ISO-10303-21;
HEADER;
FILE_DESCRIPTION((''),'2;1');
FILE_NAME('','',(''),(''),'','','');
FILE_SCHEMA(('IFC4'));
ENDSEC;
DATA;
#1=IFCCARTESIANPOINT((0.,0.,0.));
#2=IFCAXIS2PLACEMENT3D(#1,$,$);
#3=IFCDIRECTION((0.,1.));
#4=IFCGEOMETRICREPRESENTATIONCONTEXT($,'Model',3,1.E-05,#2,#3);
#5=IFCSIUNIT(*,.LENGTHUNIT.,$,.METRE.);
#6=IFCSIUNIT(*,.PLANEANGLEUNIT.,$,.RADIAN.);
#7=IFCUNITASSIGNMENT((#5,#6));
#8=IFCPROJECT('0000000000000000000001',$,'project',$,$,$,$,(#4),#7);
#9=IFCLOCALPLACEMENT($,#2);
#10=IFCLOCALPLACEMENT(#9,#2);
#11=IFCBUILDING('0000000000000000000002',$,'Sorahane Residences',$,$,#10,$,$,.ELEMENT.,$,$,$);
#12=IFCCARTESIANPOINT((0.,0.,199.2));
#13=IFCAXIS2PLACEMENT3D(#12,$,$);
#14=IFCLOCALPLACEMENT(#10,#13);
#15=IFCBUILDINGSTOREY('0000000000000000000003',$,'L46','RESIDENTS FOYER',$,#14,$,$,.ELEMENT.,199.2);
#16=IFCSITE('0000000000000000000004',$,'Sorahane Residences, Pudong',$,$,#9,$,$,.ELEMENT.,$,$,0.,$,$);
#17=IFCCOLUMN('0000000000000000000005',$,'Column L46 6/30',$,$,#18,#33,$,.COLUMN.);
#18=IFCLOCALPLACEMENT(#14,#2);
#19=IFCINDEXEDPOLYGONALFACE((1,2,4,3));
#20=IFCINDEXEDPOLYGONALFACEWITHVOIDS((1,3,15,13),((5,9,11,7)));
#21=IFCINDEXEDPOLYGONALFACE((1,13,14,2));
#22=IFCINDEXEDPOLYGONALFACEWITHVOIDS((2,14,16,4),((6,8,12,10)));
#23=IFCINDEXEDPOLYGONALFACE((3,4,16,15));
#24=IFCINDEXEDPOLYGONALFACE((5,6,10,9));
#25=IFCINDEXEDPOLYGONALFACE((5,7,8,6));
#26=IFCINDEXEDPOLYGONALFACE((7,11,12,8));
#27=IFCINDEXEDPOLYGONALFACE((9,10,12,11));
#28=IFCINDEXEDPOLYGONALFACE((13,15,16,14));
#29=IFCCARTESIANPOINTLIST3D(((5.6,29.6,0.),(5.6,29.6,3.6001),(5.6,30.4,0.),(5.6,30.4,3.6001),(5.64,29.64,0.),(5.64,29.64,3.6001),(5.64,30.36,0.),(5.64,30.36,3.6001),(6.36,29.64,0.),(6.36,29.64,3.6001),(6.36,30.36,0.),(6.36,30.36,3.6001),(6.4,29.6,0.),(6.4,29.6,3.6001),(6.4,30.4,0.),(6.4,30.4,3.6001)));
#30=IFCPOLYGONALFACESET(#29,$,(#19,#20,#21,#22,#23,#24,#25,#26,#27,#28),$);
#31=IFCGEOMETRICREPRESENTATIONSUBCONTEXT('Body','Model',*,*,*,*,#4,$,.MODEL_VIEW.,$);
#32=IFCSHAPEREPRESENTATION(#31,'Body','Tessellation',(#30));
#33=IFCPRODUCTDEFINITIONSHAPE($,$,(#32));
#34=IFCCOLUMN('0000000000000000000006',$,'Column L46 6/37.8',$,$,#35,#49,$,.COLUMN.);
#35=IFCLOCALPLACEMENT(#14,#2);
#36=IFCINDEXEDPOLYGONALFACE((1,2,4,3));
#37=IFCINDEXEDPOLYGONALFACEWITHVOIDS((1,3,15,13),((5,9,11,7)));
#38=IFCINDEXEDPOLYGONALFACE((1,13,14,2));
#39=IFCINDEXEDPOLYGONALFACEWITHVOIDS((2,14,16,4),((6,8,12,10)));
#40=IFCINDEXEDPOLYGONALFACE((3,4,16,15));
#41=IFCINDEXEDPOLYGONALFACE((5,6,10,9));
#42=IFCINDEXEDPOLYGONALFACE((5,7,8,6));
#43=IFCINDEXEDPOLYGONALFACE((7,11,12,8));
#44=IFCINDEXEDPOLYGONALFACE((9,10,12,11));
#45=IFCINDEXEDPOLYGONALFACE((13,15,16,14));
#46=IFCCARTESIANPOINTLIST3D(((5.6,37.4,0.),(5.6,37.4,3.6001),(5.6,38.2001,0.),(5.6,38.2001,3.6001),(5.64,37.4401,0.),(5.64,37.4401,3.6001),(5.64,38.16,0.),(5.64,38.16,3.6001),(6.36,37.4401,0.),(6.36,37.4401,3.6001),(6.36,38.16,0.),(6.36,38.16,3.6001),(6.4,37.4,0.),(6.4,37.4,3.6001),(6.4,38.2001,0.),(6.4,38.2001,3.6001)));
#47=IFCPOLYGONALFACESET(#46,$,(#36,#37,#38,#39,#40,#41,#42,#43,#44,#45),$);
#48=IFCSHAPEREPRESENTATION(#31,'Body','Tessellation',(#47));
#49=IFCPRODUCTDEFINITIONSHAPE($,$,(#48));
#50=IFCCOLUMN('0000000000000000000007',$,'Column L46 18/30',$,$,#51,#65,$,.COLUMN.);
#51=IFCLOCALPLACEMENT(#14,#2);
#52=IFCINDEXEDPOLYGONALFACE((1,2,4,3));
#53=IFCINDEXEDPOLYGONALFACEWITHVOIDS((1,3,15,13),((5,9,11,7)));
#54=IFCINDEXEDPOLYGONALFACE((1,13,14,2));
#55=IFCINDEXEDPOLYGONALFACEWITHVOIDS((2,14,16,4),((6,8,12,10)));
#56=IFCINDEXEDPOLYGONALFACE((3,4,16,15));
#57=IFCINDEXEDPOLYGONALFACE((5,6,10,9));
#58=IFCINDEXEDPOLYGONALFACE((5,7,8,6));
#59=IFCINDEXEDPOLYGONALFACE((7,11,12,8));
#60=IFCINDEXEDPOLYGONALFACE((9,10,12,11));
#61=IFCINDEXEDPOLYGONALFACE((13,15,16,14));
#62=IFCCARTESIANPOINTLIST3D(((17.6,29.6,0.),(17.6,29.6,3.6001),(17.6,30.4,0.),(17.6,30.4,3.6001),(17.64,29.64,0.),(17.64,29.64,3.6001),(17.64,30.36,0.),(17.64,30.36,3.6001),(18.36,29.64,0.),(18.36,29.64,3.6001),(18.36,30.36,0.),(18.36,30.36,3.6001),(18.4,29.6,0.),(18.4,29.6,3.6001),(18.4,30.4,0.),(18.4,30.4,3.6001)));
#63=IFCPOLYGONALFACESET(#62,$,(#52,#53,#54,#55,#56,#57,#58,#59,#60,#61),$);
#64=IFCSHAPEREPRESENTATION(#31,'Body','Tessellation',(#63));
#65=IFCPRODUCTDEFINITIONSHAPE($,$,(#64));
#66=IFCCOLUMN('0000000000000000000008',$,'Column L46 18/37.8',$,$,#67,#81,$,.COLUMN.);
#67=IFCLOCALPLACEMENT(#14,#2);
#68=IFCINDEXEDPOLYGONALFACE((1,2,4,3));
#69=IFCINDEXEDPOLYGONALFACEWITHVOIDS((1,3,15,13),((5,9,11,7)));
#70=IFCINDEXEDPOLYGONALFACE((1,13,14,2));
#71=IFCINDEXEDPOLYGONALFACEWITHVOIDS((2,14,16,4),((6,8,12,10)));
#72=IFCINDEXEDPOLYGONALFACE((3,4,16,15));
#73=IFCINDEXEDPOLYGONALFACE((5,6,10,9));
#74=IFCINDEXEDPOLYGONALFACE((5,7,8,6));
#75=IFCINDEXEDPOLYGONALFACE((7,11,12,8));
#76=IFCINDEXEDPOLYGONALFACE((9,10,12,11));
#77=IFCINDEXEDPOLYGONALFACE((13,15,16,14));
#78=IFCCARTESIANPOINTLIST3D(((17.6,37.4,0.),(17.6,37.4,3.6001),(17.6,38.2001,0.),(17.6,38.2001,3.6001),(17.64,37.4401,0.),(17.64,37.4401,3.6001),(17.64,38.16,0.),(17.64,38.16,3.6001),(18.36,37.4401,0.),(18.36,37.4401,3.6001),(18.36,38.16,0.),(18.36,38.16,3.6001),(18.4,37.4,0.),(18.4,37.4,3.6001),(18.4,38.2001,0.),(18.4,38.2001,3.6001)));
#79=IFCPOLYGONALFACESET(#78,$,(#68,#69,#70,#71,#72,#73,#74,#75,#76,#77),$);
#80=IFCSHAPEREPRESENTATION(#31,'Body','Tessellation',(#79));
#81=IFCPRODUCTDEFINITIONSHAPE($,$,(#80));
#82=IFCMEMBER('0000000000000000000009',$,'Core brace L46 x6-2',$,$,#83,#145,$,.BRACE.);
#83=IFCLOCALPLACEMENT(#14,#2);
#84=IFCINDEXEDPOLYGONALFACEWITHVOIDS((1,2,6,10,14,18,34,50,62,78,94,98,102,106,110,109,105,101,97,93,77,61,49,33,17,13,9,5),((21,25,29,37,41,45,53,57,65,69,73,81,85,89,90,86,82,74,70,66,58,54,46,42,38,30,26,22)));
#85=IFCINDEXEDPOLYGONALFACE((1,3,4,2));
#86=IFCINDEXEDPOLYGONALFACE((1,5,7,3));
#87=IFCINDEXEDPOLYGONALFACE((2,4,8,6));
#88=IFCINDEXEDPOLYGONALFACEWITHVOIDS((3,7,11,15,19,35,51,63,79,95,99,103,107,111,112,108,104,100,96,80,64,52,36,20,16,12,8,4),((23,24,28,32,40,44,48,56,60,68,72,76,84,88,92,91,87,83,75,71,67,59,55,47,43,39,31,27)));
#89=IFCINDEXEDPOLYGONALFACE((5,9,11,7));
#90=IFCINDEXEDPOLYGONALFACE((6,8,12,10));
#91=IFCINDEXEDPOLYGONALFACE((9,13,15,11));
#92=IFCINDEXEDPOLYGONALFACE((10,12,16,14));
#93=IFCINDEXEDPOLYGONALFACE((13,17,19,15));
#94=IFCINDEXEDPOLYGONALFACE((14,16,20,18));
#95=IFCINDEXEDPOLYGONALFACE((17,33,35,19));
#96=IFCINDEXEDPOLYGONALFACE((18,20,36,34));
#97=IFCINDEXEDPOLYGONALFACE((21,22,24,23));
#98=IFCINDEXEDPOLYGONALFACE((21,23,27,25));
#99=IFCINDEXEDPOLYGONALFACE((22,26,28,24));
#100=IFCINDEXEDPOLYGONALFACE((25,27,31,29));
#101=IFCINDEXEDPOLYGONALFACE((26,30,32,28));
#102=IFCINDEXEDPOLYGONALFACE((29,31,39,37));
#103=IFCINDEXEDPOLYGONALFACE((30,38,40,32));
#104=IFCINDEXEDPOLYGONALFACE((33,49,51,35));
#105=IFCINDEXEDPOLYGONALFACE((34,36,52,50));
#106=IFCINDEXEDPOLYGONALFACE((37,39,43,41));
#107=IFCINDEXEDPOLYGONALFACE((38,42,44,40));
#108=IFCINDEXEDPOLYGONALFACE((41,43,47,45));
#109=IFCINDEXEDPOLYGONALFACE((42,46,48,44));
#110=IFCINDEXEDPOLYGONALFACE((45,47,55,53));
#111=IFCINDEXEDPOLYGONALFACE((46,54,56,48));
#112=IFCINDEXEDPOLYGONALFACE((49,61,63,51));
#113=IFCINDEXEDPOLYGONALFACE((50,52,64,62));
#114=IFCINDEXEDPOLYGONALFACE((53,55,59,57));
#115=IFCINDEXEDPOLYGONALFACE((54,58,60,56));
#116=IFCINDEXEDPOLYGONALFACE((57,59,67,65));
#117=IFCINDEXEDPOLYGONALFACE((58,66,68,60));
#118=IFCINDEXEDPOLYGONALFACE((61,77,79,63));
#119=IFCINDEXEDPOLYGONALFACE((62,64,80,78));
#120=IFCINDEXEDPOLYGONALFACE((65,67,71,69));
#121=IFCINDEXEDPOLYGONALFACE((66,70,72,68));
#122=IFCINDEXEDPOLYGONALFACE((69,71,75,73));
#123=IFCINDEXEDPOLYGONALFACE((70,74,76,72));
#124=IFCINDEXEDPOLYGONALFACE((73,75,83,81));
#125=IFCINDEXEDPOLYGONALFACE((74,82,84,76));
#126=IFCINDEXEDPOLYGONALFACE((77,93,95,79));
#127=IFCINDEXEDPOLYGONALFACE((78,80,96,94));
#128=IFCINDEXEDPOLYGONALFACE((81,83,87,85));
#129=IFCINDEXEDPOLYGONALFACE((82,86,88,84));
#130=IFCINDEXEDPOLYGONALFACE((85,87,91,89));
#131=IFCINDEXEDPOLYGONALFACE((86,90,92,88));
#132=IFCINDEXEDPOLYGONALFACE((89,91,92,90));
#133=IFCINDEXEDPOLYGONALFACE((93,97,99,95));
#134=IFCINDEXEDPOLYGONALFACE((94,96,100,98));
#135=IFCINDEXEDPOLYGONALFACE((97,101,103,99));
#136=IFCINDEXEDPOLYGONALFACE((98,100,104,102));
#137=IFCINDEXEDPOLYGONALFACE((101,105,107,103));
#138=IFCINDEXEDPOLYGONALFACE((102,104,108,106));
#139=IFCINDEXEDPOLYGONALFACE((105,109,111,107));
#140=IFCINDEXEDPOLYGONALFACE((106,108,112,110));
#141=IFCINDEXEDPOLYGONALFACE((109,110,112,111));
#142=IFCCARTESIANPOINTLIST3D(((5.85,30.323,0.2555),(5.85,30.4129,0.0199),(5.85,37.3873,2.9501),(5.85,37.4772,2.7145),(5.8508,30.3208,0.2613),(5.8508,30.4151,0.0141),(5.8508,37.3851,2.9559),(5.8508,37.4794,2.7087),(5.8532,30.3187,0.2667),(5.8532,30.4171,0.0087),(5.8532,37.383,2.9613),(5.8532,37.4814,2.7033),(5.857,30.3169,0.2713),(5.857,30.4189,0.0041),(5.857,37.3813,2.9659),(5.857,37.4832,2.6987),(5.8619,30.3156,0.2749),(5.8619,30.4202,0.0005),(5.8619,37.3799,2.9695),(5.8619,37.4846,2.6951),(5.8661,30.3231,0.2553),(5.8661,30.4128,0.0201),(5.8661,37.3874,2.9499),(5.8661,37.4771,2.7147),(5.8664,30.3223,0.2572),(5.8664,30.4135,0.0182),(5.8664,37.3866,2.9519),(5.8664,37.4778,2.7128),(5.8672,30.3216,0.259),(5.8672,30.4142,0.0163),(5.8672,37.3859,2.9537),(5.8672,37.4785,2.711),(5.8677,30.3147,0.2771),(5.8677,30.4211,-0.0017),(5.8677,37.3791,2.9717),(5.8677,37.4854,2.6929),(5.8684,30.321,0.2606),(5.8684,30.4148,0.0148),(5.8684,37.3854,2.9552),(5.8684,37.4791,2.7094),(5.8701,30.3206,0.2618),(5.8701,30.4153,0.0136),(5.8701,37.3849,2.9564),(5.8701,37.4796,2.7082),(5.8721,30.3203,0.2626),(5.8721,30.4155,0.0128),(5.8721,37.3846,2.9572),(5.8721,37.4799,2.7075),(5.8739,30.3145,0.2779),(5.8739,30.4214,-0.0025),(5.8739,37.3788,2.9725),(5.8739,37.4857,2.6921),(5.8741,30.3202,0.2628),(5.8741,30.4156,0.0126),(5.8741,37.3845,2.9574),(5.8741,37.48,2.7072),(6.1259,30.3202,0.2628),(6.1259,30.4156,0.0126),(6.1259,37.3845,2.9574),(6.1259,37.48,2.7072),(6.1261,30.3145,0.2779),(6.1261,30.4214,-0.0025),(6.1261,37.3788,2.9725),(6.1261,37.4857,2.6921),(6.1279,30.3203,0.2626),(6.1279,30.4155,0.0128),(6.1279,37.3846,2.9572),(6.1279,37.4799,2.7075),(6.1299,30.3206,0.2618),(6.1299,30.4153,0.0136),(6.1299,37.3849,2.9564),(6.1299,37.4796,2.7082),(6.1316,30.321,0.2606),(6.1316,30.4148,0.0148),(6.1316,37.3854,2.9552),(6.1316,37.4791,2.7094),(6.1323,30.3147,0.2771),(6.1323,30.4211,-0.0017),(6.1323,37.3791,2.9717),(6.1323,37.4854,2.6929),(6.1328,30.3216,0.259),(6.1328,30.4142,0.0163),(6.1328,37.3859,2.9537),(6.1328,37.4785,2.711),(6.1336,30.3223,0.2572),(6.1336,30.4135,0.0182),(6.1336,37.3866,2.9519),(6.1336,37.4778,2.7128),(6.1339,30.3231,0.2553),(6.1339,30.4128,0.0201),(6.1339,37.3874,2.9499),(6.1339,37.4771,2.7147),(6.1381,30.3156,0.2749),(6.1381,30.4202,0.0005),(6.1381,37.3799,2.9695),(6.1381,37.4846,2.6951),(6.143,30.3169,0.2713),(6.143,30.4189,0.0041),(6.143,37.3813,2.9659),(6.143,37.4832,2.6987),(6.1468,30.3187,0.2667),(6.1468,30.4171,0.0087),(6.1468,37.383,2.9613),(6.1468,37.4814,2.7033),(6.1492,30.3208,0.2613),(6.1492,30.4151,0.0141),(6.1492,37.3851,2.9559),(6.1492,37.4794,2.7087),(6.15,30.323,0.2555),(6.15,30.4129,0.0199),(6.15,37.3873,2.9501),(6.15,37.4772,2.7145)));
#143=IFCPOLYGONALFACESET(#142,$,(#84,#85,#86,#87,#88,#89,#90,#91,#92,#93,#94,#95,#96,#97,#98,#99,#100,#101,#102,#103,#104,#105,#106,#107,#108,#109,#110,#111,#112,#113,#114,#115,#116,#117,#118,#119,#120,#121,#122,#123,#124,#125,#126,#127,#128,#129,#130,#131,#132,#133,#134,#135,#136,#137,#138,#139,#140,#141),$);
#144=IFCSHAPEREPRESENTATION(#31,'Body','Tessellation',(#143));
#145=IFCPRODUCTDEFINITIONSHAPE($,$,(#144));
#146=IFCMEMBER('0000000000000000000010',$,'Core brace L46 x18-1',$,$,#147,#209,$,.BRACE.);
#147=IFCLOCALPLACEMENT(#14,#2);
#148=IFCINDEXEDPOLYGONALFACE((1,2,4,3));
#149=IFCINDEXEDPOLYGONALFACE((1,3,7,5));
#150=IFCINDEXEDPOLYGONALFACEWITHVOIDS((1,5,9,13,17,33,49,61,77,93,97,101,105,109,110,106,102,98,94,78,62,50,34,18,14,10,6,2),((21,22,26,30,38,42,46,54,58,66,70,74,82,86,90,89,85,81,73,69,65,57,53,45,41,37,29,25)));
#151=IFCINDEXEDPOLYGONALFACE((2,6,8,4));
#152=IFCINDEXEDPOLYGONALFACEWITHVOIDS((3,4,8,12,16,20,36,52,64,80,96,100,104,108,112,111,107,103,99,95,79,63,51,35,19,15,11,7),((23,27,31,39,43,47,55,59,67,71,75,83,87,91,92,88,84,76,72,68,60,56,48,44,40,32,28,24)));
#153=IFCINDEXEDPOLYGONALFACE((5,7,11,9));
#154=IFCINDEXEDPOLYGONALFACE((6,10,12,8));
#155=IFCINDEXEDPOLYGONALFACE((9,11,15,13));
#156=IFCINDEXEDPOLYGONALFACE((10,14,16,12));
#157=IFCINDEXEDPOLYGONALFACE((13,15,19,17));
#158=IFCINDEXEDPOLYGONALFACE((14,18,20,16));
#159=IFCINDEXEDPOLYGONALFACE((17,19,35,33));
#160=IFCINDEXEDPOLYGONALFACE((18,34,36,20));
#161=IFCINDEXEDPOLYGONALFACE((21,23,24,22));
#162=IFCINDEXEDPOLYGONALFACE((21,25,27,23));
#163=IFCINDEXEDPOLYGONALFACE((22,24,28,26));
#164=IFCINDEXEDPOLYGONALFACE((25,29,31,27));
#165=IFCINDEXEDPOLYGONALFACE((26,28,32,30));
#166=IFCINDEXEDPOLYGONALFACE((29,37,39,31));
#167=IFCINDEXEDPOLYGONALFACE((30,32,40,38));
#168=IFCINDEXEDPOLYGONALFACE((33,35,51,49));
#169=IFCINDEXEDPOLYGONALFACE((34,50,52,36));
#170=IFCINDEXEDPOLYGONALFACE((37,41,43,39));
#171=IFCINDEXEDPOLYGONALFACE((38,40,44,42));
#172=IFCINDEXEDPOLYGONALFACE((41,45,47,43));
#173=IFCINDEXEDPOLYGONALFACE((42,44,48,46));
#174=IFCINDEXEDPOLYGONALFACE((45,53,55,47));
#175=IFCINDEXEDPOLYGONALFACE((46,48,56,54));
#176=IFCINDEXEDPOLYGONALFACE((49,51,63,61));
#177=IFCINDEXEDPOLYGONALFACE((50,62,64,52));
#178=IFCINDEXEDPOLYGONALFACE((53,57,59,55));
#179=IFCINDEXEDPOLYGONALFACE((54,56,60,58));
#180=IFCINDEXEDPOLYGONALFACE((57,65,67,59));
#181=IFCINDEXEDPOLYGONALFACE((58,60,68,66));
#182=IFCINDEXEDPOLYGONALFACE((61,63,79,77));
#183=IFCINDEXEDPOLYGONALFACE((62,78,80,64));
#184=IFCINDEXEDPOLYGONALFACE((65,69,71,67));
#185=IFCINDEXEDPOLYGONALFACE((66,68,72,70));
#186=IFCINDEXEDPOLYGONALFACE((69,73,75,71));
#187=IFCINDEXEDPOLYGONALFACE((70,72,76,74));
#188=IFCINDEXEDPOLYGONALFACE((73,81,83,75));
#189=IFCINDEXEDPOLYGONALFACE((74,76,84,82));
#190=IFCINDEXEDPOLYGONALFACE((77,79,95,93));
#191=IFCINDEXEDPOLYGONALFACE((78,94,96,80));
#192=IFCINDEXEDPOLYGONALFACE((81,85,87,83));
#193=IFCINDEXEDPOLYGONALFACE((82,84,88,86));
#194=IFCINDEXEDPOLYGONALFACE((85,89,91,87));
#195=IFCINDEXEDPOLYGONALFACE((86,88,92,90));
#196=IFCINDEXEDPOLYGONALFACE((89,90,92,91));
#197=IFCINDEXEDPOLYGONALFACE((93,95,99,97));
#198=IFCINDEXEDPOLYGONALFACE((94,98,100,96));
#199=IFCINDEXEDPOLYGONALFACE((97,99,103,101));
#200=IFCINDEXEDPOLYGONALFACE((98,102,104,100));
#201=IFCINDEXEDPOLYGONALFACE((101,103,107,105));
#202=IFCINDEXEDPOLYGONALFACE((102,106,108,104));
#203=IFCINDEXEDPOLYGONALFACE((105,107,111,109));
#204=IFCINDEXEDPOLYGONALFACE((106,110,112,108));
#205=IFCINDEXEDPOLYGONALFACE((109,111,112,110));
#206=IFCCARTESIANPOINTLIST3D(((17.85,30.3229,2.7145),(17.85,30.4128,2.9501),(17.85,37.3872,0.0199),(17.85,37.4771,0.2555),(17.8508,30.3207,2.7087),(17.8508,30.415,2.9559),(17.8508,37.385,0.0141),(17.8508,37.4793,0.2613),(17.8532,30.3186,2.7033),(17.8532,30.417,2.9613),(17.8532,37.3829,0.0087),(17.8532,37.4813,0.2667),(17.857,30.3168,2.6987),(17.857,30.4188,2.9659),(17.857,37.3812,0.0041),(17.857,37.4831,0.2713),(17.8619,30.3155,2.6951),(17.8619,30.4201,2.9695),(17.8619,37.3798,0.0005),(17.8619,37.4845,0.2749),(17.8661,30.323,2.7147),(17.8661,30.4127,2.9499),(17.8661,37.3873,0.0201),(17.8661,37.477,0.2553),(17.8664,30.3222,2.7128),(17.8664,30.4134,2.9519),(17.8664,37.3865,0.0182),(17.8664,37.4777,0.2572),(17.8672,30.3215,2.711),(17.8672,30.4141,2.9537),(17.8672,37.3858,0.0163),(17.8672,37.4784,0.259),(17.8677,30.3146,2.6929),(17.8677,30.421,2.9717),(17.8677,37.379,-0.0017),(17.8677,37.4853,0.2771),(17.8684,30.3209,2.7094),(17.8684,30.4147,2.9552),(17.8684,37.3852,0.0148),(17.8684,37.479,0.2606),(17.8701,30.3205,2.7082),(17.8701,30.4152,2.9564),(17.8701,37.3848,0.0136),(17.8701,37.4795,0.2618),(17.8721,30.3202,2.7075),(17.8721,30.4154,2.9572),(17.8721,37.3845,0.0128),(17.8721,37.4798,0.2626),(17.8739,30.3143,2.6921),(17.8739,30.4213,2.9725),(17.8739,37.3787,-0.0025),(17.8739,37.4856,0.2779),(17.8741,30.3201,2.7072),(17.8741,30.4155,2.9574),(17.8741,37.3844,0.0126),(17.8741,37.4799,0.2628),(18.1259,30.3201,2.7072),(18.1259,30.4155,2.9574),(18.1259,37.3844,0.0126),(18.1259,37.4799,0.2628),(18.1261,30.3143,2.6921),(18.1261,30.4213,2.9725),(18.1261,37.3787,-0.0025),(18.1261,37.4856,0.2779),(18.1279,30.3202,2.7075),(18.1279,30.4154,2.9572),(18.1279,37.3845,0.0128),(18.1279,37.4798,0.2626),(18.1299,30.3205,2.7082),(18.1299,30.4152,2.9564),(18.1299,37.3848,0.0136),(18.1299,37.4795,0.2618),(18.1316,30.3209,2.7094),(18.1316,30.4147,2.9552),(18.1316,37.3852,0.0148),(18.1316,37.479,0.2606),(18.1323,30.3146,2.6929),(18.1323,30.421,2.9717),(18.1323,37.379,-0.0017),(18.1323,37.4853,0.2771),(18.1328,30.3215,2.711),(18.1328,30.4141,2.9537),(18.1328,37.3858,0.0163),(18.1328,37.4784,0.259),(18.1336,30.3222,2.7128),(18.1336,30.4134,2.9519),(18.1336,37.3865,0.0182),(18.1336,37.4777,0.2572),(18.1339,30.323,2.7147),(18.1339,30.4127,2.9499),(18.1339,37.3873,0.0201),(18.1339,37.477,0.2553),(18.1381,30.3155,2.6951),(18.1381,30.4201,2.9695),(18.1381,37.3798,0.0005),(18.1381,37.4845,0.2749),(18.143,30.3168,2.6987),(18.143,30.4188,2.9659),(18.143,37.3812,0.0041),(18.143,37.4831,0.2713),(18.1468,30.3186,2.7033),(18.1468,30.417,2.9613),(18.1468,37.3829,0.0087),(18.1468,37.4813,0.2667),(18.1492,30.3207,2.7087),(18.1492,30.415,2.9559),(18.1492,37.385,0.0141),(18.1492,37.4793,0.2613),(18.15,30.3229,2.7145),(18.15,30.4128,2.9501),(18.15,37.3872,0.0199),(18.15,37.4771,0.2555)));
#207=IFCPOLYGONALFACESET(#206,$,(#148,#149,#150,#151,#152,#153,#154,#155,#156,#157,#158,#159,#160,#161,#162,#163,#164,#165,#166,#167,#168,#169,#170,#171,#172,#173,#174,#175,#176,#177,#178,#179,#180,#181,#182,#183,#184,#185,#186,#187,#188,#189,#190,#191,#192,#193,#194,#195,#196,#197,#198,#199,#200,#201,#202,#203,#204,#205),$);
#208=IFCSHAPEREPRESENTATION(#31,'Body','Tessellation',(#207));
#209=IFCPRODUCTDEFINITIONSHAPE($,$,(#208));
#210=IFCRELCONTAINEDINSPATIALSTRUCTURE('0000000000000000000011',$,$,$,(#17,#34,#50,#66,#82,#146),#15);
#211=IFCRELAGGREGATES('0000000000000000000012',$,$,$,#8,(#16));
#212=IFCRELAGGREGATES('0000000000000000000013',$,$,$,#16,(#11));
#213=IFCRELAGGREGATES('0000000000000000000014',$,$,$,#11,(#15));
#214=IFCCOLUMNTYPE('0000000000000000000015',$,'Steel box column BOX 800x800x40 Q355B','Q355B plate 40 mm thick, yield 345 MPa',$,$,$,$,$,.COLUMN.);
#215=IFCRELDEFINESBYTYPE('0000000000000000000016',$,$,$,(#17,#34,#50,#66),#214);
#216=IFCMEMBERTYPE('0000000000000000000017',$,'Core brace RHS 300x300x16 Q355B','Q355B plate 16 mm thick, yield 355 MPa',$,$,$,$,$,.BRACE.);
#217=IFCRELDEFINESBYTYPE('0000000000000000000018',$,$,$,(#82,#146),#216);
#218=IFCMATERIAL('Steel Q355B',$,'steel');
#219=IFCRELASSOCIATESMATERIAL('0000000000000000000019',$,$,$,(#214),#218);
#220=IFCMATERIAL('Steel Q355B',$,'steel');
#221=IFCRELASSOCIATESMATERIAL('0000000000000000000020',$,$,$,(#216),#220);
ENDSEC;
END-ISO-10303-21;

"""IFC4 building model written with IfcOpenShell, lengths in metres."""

from ifc_helpers import new_model, si_unit, direction, frame, origin, origin_2d, place, context, subcontext, project, spatial, hollow_rectangle, extrude, material, material_profile, profile_set, type_object, element, save


model = new_model("IFC4")

# Units and contexts
model_context = context("Model", 3, precision=1e-05, world=origin(), true_north=direction((0.0, 1.0)))
body_context = subcontext(model_context, "Body", "Model", "MODEL_VIEW")
ifc_project = project(units=[si_unit("LENGTHUNIT", "METRE"), si_unit("PLANEANGLEUNIT", "RADIAN")], contexts=[model_context])

# Site, building, storey
site_placement = place(None, origin())
site = spatial("IfcSite", under=ifc_project, at=site_placement, Name="Sorahane Residences, Pudong", CompositionType="ELEMENT", RefElevation=0.0)
building_placement = place(site_placement, origin())
building = spatial("IfcBuilding", under=site, at=building_placement, Name="Sorahane Residences", CompositionType="ELEMENT")
storey_placement = place(building_placement, frame((0.0, 0.0, 199.2)))
storey = spatial("IfcBuildingStorey", under=building, at=storey_placement, Name="L46", Description="RESIDENTS FOYER", CompositionType="ELEMENT", Elevation=199.2)

# Columns
ifc_material_1 = material(Name="Steel Q355B", Category="steel")
ifc_material_profile_1 = material_profile(ifc_material_1, hollow_rectangle(XDim=0.8, YDim=0.8, WallThickness=0.04, at=origin_2d()), Name="BOX 800x800x40")
ifc_profile_set_1 = profile_set([ifc_material_profile_1], Name="Steel Q355B")
column_type = type_object("IfcColumnType", Name="Steel box column BOX 800x800x40 Q355B", Description="Q355B plate 40 mm thick, yield 345 MPa", PredefinedType="COLUMN", material=ifc_profile_set_1)
for number, where, z_axis, x_axis, name in (
    (1, (6.0, 30.0, 0.0), (0.0, 0.0, 1.0), (1.0, 0.0, 0.0), "Column L46 6/30"),
    (2, (6.0, 37.8, 0.0), (0.0, 0.0, 1.0), (1.0, 0.0, 0.0), "Column L46 6/37.8"),
    (3, (18.0, 30.0, 0.0), (0.0, 0.0, 1.0), (1.0, 0.0, 0.0), "Column L46 18/30"),
    (4, (18.0, 37.8, 0.0), (0.0, 0.0, 1.0), (1.0, 0.0, 0.0), "Column L46 18/37.8"),
):
    element("IfcColumn", number, at=place(storey_placement, frame(where, z_axis=z_axis, x_axis=x_axis)), inside=storey, type_object=column_type, Name=name, PredefinedType="COLUMN", context=body_context, shape_type="SweptSolid", body=[
        extrude(hollow_rectangle(XDim=0.8, YDim=0.8, WallThickness=0.04, at=origin_2d()), origin(), (0.0, 0.0, 1.0), 3.6001),
    ])

# Members
ifc_material_2 = material(Name="Steel Q355B", Category="steel")
ifc_material_profile_2 = material_profile(ifc_material_2, hollow_rectangle(XDim=0.3, YDim=0.3, WallThickness=0.0161, InnerFilletRadius=0.0081, OuterFilletRadius=0.0239, at=origin_2d()), Name="RHS 300x300x16")
ifc_profile_set_2 = profile_set([ifc_material_profile_2], Name="Steel Q355B")
member_type = type_object("IfcMemberType", Name="Core brace RHS 300x300x16 Q355B", Description="Q355B plate 16 mm thick, yield 355 MPa", PredefinedType="BRACE", material=ifc_profile_set_2)
for number, where, z_axis, x_axis, name in (
    (5, (6.0, 30.3679, 0.1377), (0.0, 0.934336, 0.356394), (-1.0, 0.0, 0.0), "Core brace L46 x6-2"),
    (6, (18.0, 37.4321, 0.1377), (0.0, -0.934336, 0.356394), (1.0, 0.0, 0.0), "Core brace L46 x18-1"),
):
    element("IfcMember", number, at=place(storey_placement, frame(where, z_axis=z_axis, x_axis=x_axis)), inside=storey, type_object=member_type, Name=name, PredefinedType="BRACE", context=body_context, shape_type="SweptSolid", body=[
        extrude(hollow_rectangle(XDim=0.3, YDim=0.3, WallThickness=0.0161, InnerFilletRadius=0.0081, OuterFilletRadius=0.0239, at=origin_2d()), origin(), (0.0, 0.0, 1.0), 7.5608),
    ])

save(model, "model.ifc")
